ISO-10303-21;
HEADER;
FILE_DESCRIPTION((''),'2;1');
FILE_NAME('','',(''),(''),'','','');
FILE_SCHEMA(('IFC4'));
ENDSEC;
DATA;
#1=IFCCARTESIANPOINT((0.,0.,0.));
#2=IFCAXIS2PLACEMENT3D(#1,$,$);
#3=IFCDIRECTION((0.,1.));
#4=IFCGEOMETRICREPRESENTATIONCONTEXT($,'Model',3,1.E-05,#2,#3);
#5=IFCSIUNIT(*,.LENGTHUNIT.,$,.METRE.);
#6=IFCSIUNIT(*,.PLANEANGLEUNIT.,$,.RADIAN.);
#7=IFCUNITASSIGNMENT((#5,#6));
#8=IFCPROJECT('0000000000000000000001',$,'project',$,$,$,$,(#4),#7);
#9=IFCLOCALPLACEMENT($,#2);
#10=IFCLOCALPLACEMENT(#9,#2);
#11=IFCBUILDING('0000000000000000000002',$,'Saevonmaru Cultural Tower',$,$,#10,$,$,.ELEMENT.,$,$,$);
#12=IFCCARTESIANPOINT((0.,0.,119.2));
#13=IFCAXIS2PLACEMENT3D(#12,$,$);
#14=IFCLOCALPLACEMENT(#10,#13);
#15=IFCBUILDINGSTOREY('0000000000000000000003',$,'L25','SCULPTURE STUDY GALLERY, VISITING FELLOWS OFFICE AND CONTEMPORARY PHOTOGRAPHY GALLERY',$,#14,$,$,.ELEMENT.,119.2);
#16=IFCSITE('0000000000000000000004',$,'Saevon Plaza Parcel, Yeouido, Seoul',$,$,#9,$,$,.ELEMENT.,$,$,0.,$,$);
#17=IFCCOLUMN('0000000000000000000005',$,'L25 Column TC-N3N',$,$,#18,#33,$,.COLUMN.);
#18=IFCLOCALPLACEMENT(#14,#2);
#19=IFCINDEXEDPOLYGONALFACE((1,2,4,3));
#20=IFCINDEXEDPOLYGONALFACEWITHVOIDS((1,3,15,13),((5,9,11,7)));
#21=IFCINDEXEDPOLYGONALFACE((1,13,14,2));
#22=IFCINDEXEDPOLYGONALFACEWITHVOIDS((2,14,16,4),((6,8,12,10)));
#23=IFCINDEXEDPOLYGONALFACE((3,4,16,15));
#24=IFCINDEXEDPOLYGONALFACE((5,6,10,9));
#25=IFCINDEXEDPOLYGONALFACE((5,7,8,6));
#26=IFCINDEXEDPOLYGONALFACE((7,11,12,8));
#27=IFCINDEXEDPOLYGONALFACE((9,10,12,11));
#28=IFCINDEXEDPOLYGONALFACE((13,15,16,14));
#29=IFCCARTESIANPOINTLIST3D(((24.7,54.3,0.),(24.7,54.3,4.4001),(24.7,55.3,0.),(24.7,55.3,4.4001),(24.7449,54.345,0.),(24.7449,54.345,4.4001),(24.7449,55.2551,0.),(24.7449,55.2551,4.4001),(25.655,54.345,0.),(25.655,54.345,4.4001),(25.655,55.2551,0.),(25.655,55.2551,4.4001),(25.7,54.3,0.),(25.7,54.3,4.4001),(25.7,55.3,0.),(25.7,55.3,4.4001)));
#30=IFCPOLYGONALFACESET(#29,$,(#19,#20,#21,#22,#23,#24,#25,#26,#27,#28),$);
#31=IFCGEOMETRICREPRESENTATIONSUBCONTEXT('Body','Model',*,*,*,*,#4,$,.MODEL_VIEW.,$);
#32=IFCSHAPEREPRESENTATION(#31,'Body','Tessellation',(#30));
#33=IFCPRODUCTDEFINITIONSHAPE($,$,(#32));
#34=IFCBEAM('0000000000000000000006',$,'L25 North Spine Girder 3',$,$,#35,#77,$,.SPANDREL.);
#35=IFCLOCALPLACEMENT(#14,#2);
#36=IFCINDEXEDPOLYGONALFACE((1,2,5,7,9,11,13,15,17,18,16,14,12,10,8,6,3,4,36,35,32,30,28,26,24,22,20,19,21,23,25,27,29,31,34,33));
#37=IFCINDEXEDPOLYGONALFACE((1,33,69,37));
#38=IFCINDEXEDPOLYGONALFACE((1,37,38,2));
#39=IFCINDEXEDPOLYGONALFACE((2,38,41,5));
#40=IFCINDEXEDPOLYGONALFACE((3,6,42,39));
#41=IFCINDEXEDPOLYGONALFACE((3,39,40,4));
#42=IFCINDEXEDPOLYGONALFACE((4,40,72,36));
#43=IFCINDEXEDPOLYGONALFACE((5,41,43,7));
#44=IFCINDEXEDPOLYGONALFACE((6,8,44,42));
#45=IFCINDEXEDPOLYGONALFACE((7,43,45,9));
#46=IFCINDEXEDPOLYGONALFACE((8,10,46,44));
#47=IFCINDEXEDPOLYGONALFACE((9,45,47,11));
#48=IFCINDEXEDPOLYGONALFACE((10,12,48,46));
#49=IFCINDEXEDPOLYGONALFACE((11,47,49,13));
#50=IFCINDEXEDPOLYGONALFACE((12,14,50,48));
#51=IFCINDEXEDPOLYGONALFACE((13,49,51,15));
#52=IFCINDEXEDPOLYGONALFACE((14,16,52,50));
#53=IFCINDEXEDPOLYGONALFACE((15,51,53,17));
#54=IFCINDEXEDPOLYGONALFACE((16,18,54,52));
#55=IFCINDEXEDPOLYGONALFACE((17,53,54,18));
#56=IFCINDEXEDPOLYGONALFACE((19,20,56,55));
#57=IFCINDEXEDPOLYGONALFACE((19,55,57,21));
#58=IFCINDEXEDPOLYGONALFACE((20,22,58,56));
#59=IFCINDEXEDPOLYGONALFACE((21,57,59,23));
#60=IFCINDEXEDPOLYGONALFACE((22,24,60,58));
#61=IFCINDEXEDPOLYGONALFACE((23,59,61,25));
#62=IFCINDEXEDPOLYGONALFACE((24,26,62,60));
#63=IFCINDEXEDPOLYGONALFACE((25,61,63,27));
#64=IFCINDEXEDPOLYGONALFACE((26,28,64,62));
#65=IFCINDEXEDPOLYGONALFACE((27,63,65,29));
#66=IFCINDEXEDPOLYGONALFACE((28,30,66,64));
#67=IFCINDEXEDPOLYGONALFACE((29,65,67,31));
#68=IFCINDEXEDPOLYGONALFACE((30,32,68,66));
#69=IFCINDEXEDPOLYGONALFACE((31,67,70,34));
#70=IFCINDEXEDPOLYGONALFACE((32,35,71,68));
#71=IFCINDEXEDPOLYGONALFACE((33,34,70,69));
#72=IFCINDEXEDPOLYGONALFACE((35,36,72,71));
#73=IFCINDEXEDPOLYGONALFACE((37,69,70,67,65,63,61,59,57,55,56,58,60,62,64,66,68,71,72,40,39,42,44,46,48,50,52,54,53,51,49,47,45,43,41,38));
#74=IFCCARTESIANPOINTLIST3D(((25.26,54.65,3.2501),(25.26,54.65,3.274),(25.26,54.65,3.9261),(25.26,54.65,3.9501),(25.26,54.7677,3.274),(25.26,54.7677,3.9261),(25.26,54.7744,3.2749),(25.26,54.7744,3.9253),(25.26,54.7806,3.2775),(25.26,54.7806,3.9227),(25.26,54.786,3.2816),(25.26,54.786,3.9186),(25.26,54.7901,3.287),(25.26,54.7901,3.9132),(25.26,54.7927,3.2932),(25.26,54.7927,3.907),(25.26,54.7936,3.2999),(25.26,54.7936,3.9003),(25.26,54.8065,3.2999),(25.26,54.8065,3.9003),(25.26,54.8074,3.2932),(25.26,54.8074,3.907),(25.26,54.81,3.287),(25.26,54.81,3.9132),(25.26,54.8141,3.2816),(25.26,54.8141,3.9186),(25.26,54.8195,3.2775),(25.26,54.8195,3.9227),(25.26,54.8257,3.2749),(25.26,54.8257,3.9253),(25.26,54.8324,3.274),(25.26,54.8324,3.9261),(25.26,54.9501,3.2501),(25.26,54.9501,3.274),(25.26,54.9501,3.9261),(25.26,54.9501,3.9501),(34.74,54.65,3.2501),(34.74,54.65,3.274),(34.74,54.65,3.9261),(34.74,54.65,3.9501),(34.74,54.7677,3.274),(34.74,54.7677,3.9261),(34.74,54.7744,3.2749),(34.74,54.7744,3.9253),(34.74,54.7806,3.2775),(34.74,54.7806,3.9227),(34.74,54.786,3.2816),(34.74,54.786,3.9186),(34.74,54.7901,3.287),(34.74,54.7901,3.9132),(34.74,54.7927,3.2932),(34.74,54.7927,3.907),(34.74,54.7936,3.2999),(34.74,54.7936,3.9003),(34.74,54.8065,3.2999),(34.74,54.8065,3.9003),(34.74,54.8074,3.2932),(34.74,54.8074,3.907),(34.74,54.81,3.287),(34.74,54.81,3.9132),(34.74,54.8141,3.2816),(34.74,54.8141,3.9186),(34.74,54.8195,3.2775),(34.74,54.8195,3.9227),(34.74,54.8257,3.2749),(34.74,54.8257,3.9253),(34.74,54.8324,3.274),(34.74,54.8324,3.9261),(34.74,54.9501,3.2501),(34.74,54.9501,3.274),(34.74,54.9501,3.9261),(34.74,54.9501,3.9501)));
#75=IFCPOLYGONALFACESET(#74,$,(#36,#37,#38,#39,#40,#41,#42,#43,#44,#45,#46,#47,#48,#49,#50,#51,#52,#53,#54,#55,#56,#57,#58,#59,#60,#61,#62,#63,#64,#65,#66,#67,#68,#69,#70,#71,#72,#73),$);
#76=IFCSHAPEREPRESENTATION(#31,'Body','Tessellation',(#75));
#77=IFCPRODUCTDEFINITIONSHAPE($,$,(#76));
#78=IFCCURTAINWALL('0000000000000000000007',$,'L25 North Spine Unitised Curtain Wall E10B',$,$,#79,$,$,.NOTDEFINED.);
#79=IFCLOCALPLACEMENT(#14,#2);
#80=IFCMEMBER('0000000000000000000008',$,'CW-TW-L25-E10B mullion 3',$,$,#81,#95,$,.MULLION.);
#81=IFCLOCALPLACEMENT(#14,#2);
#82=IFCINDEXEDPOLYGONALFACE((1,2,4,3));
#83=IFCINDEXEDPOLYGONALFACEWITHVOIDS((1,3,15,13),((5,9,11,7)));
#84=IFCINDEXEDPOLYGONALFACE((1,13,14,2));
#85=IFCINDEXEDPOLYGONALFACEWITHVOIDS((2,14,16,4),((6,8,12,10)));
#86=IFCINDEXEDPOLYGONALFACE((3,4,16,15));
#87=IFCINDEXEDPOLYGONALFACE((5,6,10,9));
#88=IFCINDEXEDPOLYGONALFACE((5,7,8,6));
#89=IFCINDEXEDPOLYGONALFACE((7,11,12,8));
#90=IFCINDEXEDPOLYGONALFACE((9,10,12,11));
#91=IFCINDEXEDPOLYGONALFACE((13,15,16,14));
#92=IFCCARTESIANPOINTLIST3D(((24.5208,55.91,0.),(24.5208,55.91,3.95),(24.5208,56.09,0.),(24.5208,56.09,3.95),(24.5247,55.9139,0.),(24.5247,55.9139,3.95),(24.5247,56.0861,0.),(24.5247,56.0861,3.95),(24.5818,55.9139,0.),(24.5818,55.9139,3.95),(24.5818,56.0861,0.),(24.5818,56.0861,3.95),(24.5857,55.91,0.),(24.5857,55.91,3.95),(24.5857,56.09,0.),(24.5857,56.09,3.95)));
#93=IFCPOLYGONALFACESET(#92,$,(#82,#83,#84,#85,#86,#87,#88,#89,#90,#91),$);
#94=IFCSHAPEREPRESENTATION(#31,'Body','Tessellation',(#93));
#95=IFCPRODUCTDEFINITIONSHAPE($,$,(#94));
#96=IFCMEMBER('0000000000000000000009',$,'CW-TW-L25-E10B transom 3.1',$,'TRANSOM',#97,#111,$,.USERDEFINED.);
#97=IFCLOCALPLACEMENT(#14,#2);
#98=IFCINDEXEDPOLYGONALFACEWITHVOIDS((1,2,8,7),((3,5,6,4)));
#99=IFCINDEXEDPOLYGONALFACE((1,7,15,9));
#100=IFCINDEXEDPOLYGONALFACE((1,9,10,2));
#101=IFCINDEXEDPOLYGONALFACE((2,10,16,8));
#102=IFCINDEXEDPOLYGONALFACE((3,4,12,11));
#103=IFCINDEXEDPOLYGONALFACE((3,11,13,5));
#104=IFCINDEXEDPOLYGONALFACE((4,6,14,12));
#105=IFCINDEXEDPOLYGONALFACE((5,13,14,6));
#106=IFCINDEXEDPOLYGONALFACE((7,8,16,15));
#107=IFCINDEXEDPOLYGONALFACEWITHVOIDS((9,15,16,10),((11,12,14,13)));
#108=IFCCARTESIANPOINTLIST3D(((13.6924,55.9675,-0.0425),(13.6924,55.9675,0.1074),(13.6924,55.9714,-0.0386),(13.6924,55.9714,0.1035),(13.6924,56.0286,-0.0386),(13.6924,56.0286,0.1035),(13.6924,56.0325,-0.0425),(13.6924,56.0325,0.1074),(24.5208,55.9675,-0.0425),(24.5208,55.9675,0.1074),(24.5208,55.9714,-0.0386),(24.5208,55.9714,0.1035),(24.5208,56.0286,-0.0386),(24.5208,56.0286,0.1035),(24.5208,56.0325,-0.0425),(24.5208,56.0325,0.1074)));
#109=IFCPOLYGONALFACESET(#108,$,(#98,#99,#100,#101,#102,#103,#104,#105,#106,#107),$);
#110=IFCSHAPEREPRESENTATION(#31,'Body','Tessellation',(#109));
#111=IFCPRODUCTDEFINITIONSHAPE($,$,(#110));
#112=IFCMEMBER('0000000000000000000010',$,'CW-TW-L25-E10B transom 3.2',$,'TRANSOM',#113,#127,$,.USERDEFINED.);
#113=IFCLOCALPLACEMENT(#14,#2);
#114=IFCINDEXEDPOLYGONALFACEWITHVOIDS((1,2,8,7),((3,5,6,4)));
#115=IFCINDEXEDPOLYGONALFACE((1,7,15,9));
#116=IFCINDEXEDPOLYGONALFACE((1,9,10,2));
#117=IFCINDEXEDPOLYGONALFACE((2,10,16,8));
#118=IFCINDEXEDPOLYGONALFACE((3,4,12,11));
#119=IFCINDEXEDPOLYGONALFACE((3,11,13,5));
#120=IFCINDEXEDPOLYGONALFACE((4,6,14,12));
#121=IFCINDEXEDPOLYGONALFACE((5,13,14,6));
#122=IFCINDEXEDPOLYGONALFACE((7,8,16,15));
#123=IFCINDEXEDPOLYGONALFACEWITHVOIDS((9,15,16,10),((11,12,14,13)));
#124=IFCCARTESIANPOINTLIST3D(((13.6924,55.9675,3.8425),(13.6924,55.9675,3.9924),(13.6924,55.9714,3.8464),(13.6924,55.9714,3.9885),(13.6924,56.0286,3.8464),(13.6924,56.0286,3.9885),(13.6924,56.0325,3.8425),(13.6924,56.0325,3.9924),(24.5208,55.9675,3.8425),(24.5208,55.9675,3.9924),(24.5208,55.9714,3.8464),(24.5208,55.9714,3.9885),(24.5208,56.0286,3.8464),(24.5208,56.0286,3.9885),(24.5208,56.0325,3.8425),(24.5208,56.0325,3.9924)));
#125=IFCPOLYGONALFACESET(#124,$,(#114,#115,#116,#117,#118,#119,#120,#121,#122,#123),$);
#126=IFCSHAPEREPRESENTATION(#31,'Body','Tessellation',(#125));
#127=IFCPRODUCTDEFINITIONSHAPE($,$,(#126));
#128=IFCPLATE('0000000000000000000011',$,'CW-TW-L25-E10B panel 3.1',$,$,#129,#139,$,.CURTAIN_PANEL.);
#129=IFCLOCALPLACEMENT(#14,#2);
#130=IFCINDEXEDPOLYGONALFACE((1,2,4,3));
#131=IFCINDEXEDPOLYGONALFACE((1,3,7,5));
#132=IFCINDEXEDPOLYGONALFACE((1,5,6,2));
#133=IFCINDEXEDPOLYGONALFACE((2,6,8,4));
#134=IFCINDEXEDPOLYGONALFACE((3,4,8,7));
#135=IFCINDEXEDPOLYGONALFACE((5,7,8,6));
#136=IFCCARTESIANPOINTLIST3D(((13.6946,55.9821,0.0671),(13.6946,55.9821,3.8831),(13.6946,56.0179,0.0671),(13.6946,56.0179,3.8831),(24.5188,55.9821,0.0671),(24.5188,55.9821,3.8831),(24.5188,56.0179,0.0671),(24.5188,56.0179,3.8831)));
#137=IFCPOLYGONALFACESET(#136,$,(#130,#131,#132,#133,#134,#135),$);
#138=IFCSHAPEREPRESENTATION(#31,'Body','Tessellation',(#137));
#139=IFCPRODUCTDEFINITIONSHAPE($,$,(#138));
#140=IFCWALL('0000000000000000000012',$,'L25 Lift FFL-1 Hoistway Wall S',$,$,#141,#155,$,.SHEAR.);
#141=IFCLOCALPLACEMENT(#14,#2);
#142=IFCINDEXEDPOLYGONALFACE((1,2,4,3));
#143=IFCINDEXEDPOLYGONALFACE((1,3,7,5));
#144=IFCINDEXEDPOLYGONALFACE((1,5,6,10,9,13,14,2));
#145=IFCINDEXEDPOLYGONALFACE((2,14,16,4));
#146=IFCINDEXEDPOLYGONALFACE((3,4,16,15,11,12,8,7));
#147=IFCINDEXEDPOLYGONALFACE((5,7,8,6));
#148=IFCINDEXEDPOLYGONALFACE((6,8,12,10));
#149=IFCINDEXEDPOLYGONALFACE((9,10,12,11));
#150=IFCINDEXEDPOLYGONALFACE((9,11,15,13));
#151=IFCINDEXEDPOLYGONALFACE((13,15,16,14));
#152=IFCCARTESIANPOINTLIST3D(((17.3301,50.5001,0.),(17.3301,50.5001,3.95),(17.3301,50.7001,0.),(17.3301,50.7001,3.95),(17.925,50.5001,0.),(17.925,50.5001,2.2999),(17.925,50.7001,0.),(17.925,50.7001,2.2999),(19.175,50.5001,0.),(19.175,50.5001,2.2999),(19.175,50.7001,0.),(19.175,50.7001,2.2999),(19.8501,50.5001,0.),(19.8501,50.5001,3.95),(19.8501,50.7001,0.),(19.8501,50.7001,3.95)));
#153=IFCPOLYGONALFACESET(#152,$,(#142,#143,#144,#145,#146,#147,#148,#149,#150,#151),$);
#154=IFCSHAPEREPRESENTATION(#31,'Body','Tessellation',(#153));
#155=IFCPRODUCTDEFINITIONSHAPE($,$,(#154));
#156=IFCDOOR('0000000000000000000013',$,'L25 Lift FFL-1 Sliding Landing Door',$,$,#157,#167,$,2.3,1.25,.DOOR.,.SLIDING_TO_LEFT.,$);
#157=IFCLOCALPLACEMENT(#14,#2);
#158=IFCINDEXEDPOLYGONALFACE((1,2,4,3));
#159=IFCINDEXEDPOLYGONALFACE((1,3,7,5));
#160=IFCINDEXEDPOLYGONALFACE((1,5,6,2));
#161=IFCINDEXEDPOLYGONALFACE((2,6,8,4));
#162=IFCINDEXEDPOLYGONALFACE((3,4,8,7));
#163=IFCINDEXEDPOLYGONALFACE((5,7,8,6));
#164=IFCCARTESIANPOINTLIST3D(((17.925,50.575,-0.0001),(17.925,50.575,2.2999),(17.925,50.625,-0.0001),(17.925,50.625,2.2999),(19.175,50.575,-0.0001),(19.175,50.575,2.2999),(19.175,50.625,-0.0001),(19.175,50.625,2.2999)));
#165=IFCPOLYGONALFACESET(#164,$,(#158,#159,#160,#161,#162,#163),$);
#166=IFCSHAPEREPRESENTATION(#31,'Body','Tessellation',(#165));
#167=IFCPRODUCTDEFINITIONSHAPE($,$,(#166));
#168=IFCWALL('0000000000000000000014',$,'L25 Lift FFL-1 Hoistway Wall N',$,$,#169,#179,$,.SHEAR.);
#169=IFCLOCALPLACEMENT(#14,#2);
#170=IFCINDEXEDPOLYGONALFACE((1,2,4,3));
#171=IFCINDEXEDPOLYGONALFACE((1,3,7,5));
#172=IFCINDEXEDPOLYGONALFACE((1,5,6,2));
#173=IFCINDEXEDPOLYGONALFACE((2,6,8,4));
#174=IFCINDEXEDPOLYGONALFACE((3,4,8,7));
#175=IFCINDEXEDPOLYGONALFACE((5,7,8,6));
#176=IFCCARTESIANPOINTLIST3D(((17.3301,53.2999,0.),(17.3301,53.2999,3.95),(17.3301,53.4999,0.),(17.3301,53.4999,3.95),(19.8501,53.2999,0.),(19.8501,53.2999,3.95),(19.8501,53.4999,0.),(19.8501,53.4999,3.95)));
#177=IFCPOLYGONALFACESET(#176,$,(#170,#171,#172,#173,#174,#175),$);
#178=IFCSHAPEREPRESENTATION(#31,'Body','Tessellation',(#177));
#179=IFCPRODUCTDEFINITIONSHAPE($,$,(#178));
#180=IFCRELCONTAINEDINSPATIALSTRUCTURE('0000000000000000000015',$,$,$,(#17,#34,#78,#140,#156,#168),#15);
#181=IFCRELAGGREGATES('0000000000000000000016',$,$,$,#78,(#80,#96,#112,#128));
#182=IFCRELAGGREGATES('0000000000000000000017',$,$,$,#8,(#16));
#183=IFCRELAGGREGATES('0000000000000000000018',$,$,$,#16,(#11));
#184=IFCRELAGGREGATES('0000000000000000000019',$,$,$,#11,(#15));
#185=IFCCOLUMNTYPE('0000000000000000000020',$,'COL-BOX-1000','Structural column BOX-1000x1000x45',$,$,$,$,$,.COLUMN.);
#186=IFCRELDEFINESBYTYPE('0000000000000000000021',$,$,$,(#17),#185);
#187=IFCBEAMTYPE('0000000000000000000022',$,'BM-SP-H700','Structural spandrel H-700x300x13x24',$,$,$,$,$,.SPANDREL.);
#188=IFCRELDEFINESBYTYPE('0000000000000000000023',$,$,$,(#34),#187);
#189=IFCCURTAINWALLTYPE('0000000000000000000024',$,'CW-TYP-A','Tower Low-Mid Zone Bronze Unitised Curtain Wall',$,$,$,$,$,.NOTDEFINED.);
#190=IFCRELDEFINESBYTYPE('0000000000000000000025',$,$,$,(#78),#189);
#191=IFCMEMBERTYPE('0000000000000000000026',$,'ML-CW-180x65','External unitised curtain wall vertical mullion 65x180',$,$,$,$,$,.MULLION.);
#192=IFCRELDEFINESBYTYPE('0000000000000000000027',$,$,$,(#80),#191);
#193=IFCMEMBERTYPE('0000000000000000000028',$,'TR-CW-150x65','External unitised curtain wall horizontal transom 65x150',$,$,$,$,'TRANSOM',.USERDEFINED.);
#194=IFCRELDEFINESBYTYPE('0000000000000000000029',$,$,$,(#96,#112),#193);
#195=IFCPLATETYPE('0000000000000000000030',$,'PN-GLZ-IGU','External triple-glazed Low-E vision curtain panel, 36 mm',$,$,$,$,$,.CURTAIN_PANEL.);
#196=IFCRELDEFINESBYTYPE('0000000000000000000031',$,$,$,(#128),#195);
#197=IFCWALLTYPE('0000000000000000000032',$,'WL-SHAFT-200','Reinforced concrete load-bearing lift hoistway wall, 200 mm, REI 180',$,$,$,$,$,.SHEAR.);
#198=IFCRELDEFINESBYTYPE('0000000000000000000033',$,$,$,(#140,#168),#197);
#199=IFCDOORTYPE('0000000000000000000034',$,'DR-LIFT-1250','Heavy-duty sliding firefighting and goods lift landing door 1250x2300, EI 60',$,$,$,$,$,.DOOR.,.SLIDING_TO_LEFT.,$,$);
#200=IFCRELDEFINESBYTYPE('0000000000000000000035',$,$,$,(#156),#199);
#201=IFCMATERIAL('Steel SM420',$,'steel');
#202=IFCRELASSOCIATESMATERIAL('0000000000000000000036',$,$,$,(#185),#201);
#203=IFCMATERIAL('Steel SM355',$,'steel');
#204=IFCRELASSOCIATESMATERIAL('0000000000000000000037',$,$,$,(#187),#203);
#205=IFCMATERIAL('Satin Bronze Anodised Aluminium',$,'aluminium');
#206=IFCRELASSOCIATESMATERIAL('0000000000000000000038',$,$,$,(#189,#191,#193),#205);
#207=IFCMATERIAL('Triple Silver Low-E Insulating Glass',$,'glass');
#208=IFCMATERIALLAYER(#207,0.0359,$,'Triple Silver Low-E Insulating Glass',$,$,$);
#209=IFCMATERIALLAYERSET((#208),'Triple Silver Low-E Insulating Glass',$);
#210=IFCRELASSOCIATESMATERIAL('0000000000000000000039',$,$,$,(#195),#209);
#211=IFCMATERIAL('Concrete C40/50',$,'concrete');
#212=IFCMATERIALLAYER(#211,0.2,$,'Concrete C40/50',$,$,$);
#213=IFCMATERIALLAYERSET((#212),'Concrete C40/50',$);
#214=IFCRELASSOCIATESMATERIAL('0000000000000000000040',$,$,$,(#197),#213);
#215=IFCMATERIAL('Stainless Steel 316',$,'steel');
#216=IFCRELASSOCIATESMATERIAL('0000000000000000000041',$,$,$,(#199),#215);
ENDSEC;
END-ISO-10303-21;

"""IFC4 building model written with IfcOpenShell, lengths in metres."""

from ifc_helpers import new_model, si_unit, direction, frame, frame_2d, origin, origin_2d, place, context, subcontext, project, spatial, rectangle, hollow_rectangle, i_section, extrude, material, layer, layer_set, material_profile, profile_set, type_object, element, fill, aggregate, save


model = new_model("IFC4")

# Units and contexts
model_context = context("Model", 3, precision=1e-05, world=origin(), true_north=direction((0.0, 1.0)))
body_context = subcontext(model_context, "Body", "Model", "MODEL_VIEW")
ifc_project = project(units=[si_unit("LENGTHUNIT", "METRE"), si_unit("PLANEANGLEUNIT", "RADIAN")], contexts=[model_context])

# Site, building, storey
site_placement = place(None, origin())
site = spatial("IfcSite", under=ifc_project, at=site_placement, Name="Saevon Plaza Parcel, Yeouido, Seoul", CompositionType="ELEMENT", RefElevation=0.0)
building_placement = place(site_placement, origin())
building = spatial("IfcBuilding", under=site, at=building_placement, Name="Saevonmaru Cultural Tower", CompositionType="ELEMENT")
storey_placement = place(building_placement, frame((0.0, 0.0, 119.2)))
storey = spatial("IfcBuildingStorey", under=building, at=storey_placement, Name="L25", Description="SCULPTURE STUDY GALLERY, VISITING FELLOWS OFFICE AND CONTEMPORARY PHOTOGRAPHY GALLERY", CompositionType="ELEMENT", Elevation=119.2)

# Column
ifc_material_1 = material(Name="Steel SM420", Category="steel")
ifc_material_profile_1 = material_profile(ifc_material_1, hollow_rectangle(XDim=1.0, YDim=1.0, WallThickness=0.0449, at=origin_2d()), Name="BOX-1000x1000x45")
ifc_profile_set_1 = profile_set([ifc_material_profile_1], Name="Steel SM420")
column_type = type_object("IfcColumnType", Name="COL-BOX-1000", Description="Structural column BOX-1000x1000x45", PredefinedType="COLUMN", material=ifc_profile_set_1)
column_placement = place(storey_placement, frame((25.2, 54.8, 0.0), z_axis=(0.0, 0.0, 1.0), x_axis=(1.0, 0.0, 0.0)))
element("IfcColumn", 1, at=column_placement, inside=storey, type_object=column_type, Name="L25 Column TC-N3N", PredefinedType="COLUMN", context=body_context, shape_type="SweptSolid", body=[
    extrude(hollow_rectangle(XDim=1.0, YDim=1.0, WallThickness=0.0449, at=origin_2d()), origin(), (0.0, 0.0, 1.0), 4.4001),
])

# Beam
ifc_material_2 = material(Name="Steel SM355", Category="steel")
ifc_material_profile_2 = material_profile(ifc_material_2, i_section(OverallWidth=0.3, OverallDepth=0.7, WebThickness=0.0129, FlangeThickness=0.0239, FilletRadius=0.0259, at=origin_2d()), Name="H-700x300x13x24")
ifc_profile_set_2 = profile_set([ifc_material_profile_2], Name="Steel SM355")
beam_type = type_object("IfcBeamType", Name="BM-SP-H700", Description="Structural spandrel H-700x300x13x24", PredefinedType="SPANDREL", material=ifc_profile_set_2)
beam_placement = place(storey_placement, frame((25.26, 54.8, 3.6001), z_axis=(1.0, 0.0, 0.0), x_axis=(0.0, 1.0, 0.0)))
element("IfcBeam", 2, at=beam_placement, inside=storey, type_object=beam_type, Name="L25 North Spine Girder 3", PredefinedType="SPANDREL", context=body_context, shape_type="SweptSolid", body=[
    extrude(i_section(OverallWidth=0.3, OverallDepth=0.7, WebThickness=0.0129, FlangeThickness=0.0239, FilletRadius=0.0259, at=origin_2d()), origin(), (0.0, 0.0, 1.0), 9.48),
])

# Curtain wall, members, plate
ifc_material_3 = material(Name="Satin Bronze Anodised Aluminium", Category="aluminium")
curtain_wall_type = type_object("IfcCurtainWallType", Name="CW-TYP-A", Description="Tower Low-Mid Zone Bronze Unitised Curtain Wall", PredefinedType="NOTDEFINED", material=ifc_material_3)
curtain_wall_placement = place(storey_placement, origin())
curtain_wall = element("IfcCurtainWall", 3, at=curtain_wall_placement, inside=storey, type_object=curtain_wall_type, Name="L25 North Spine Unitised Curtain Wall E10B", PredefinedType="NOTDEFINED")
ifc_material_profile_3 = material_profile(ifc_material_3, hollow_rectangle(XDim=0.0649, YDim=0.1799, WallThickness=0.0039, at=origin_2d()), Name="ALU-MULL-180x65x4")
ifc_profile_set_3 = profile_set([ifc_material_profile_3], Name="Satin Bronze Anodised Aluminium")
member_type_1 = type_object("IfcMemberType", Name="ML-CW-180x65", Description="External unitised curtain wall vertical mullion 65x180", PredefinedType="MULLION", material=ifc_profile_set_3)
member_1_placement = place(storey_placement, frame((24.5532, 56.0, 0.0), z_axis=(0.0, 0.0, 1.0), x_axis=(-1.0, 0.0, 0.0)))
member_1 = element("IfcMember", 4, at=member_1_placement, type_object=member_type_1, Name="CW-TW-L25-E10B mullion 3", PredefinedType="MULLION", context=body_context, shape_type="SweptSolid", body=[
    extrude(hollow_rectangle(XDim=0.0649, YDim=0.1799, WallThickness=0.0039, at=origin_2d()), origin(), (0.0, 0.0, 1.0), 3.95),
])
ifc_material_profile_4 = material_profile(ifc_material_3, hollow_rectangle(XDim=0.0649, YDim=0.1499, WallThickness=0.0039, at=origin_2d()), Name="ALU-TRAN-150x65x4")
ifc_profile_set_4 = profile_set([ifc_material_profile_4], Name="Satin Bronze Anodised Aluminium")
member_type_2 = type_object("IfcMemberType", Name="TR-CW-150x65", Description="External unitised curtain wall horizontal transom 65x150", ElementType="TRANSOM", PredefinedType="USERDEFINED", material=ifc_profile_set_4)
member_2_placement = place(storey_placement, frame((24.5208, 56.0, 0.0325), z_axis=(-1.0, 0.0, 0.0), x_axis=(0.0, -1.0, 0.0)))
member_2 = element("IfcMember", 5, at=member_2_placement, type_object=member_type_2, Name="CW-TW-L25-E10B transom 3.1", ObjectType="TRANSOM", PredefinedType="USERDEFINED", context=body_context, shape_type="SweptSolid", body=[
    extrude(hollow_rectangle(XDim=0.0649, YDim=0.1499, WallThickness=0.0039, at=origin_2d()), origin(), (0.0, 0.0, 1.0), 10.8284),
])
member_3_placement = place(storey_placement, frame((24.5208, 56.0, 3.9175), z_axis=(-1.0, 0.0, 0.0), x_axis=(0.0, -1.0, 0.0)))
member_3 = element("IfcMember", 6, at=member_3_placement, type_object=member_type_2, Name="CW-TW-L25-E10B transom 3.2", ObjectType="TRANSOM", PredefinedType="USERDEFINED", context=body_context, shape_type="SweptSolid", body=[
    extrude(hollow_rectangle(XDim=0.0649, YDim=0.1499, WallThickness=0.0039, at=origin_2d()), origin(), (0.0, 0.0, 1.0), 10.8284),
])
ifc_material_4 = material(Name="Triple Silver Low-E Insulating Glass", Category="glass")
ifc_layer_1 = layer(ifc_material_4, 0.0359, Name="Triple Silver Low-E Insulating Glass")
ifc_layer_set_1 = layer_set([ifc_layer_1], Name="Triple Silver Low-E Insulating Glass")
plate_type = type_object("IfcPlateType", Name="PN-GLZ-IGU", Description="External triple-glazed Low-E vision curtain panel, 36 mm", PredefinedType="CURTAIN_PANEL", material=ifc_layer_set_1)
plate_placement = place(storey_placement, frame((19.1067, 56.0, 0.0671), z_axis=(0.0, 0.0, 1.0), x_axis=(-1.0, 0.0, 0.0)))
plate = element("IfcPlate", 7, at=plate_placement, type_object=plate_type, Name="CW-TW-L25-E10B panel 3.1", PredefinedType="CURTAIN_PANEL", context=body_context, shape_type="SweptSolid", body=[
    extrude(rectangle(XDim=10.8242, YDim=0.0359, at=origin_2d()), origin(), (0.0, 0.0, 1.0), 3.8159),
])
aggregate(curtain_wall, [member_1, member_2, member_3, plate])

# Wall, opening, door
ifc_material_5 = material(Name="Concrete C40/50", Category="concrete")
ifc_layer_2 = layer(ifc_material_5, 0.2, Name="Concrete C40/50")
ifc_layer_set_2 = layer_set([ifc_layer_2], Name="Concrete C40/50")
wall_type = type_object("IfcWallType", Name="WL-SHAFT-200", Description="Reinforced concrete load-bearing lift hoistway wall, 200 mm, REI 180", PredefinedType="SHEAR", material=ifc_layer_set_2)
wall_1_placement = place(storey_placement, frame((17.3301, 50.6001, 0.0), z_axis=(0.0, 0.0, 1.0), x_axis=(1.0, 0.0, 0.0)))
wall_1 = element("IfcWall", 8, at=wall_1_placement, inside=storey, type_object=wall_type, Name="L25 Lift FFL-1 Hoistway Wall S", PredefinedType="SHEAR", context=body_context, shape_type="SweptSolid", body=[
    extrude(rectangle(XDim=2.52, YDim=0.2, at=frame_2d((1.26, 0.0))), origin(), (0.0, 0.0, 1.0), 3.95),
])
opening_1_placement = place(wall_1_placement, frame((0.595, 0.0, 0.0)))
opening_1 = element("IfcOpeningElement", 9, at=opening_1_placement, cuts=wall_1, PredefinedType="OPENING", context=body_context, shape_type="SweptSolid", body=[
    extrude(rectangle(XDim=1.25, YDim=2.3, at=frame_2d((0.625, 1.1499))), frame((0.0, 0.1099, 0.0), z_axis=(0.0, -1.0, 0.0), x_axis=(1.0, 0.0, 0.0)), (0.0, 0.0, 1.0), 0.22),
])
ifc_material_6 = material(Name="Stainless Steel 316", Category="steel")
door_type_1 = type_object("IfcDoorType", Name="DR-LIFT-1250", Description="Heavy-duty sliding firefighting and goods lift landing door 1250x2300, EI 60", OperationType="SLIDING_TO_LEFT", PredefinedType="DOOR", material=ifc_material_6)
door_1_placement = place(opening_1_placement, origin())
door_1 = element("IfcDoor", 10, at=door_1_placement, inside=storey, type_object=door_type_1, Name="L25 Lift FFL-1 Sliding Landing Door", OperationType="SLIDING_TO_LEFT", OverallHeight=2.3, OverallWidth=1.25, PredefinedType="DOOR", context=body_context, shape_type="SweptSolid", body=[
    extrude(rectangle(XDim=1.25, YDim=2.3, at=frame_2d((0.625, 1.1499))), frame((0.0, 0.0249, 0.0), z_axis=(0.0, -1.0, 0.0), x_axis=(1.0, 0.0, 0.0)), (0.0, 0.0, 1.0), 0.05),
])
fill(opening_1, door_1)

# Wall
wall_2_placement = place(storey_placement, frame((17.3301, 53.3999, 0.0), z_axis=(0.0, 0.0, 1.0), x_axis=(1.0, 0.0, 0.0)))
element("IfcWall", 11, at=wall_2_placement, inside=storey, type_object=wall_type, Name="L25 Lift FFL-1 Hoistway Wall N", PredefinedType="SHEAR", context=body_context, shape_type="SweptSolid", body=[
    extrude(rectangle(XDim=2.52, YDim=0.2, at=frame_2d((1.26, 0.0))), origin(), (0.0, 0.0, 1.0), 3.95),
])

save(model, "model.ifc")
